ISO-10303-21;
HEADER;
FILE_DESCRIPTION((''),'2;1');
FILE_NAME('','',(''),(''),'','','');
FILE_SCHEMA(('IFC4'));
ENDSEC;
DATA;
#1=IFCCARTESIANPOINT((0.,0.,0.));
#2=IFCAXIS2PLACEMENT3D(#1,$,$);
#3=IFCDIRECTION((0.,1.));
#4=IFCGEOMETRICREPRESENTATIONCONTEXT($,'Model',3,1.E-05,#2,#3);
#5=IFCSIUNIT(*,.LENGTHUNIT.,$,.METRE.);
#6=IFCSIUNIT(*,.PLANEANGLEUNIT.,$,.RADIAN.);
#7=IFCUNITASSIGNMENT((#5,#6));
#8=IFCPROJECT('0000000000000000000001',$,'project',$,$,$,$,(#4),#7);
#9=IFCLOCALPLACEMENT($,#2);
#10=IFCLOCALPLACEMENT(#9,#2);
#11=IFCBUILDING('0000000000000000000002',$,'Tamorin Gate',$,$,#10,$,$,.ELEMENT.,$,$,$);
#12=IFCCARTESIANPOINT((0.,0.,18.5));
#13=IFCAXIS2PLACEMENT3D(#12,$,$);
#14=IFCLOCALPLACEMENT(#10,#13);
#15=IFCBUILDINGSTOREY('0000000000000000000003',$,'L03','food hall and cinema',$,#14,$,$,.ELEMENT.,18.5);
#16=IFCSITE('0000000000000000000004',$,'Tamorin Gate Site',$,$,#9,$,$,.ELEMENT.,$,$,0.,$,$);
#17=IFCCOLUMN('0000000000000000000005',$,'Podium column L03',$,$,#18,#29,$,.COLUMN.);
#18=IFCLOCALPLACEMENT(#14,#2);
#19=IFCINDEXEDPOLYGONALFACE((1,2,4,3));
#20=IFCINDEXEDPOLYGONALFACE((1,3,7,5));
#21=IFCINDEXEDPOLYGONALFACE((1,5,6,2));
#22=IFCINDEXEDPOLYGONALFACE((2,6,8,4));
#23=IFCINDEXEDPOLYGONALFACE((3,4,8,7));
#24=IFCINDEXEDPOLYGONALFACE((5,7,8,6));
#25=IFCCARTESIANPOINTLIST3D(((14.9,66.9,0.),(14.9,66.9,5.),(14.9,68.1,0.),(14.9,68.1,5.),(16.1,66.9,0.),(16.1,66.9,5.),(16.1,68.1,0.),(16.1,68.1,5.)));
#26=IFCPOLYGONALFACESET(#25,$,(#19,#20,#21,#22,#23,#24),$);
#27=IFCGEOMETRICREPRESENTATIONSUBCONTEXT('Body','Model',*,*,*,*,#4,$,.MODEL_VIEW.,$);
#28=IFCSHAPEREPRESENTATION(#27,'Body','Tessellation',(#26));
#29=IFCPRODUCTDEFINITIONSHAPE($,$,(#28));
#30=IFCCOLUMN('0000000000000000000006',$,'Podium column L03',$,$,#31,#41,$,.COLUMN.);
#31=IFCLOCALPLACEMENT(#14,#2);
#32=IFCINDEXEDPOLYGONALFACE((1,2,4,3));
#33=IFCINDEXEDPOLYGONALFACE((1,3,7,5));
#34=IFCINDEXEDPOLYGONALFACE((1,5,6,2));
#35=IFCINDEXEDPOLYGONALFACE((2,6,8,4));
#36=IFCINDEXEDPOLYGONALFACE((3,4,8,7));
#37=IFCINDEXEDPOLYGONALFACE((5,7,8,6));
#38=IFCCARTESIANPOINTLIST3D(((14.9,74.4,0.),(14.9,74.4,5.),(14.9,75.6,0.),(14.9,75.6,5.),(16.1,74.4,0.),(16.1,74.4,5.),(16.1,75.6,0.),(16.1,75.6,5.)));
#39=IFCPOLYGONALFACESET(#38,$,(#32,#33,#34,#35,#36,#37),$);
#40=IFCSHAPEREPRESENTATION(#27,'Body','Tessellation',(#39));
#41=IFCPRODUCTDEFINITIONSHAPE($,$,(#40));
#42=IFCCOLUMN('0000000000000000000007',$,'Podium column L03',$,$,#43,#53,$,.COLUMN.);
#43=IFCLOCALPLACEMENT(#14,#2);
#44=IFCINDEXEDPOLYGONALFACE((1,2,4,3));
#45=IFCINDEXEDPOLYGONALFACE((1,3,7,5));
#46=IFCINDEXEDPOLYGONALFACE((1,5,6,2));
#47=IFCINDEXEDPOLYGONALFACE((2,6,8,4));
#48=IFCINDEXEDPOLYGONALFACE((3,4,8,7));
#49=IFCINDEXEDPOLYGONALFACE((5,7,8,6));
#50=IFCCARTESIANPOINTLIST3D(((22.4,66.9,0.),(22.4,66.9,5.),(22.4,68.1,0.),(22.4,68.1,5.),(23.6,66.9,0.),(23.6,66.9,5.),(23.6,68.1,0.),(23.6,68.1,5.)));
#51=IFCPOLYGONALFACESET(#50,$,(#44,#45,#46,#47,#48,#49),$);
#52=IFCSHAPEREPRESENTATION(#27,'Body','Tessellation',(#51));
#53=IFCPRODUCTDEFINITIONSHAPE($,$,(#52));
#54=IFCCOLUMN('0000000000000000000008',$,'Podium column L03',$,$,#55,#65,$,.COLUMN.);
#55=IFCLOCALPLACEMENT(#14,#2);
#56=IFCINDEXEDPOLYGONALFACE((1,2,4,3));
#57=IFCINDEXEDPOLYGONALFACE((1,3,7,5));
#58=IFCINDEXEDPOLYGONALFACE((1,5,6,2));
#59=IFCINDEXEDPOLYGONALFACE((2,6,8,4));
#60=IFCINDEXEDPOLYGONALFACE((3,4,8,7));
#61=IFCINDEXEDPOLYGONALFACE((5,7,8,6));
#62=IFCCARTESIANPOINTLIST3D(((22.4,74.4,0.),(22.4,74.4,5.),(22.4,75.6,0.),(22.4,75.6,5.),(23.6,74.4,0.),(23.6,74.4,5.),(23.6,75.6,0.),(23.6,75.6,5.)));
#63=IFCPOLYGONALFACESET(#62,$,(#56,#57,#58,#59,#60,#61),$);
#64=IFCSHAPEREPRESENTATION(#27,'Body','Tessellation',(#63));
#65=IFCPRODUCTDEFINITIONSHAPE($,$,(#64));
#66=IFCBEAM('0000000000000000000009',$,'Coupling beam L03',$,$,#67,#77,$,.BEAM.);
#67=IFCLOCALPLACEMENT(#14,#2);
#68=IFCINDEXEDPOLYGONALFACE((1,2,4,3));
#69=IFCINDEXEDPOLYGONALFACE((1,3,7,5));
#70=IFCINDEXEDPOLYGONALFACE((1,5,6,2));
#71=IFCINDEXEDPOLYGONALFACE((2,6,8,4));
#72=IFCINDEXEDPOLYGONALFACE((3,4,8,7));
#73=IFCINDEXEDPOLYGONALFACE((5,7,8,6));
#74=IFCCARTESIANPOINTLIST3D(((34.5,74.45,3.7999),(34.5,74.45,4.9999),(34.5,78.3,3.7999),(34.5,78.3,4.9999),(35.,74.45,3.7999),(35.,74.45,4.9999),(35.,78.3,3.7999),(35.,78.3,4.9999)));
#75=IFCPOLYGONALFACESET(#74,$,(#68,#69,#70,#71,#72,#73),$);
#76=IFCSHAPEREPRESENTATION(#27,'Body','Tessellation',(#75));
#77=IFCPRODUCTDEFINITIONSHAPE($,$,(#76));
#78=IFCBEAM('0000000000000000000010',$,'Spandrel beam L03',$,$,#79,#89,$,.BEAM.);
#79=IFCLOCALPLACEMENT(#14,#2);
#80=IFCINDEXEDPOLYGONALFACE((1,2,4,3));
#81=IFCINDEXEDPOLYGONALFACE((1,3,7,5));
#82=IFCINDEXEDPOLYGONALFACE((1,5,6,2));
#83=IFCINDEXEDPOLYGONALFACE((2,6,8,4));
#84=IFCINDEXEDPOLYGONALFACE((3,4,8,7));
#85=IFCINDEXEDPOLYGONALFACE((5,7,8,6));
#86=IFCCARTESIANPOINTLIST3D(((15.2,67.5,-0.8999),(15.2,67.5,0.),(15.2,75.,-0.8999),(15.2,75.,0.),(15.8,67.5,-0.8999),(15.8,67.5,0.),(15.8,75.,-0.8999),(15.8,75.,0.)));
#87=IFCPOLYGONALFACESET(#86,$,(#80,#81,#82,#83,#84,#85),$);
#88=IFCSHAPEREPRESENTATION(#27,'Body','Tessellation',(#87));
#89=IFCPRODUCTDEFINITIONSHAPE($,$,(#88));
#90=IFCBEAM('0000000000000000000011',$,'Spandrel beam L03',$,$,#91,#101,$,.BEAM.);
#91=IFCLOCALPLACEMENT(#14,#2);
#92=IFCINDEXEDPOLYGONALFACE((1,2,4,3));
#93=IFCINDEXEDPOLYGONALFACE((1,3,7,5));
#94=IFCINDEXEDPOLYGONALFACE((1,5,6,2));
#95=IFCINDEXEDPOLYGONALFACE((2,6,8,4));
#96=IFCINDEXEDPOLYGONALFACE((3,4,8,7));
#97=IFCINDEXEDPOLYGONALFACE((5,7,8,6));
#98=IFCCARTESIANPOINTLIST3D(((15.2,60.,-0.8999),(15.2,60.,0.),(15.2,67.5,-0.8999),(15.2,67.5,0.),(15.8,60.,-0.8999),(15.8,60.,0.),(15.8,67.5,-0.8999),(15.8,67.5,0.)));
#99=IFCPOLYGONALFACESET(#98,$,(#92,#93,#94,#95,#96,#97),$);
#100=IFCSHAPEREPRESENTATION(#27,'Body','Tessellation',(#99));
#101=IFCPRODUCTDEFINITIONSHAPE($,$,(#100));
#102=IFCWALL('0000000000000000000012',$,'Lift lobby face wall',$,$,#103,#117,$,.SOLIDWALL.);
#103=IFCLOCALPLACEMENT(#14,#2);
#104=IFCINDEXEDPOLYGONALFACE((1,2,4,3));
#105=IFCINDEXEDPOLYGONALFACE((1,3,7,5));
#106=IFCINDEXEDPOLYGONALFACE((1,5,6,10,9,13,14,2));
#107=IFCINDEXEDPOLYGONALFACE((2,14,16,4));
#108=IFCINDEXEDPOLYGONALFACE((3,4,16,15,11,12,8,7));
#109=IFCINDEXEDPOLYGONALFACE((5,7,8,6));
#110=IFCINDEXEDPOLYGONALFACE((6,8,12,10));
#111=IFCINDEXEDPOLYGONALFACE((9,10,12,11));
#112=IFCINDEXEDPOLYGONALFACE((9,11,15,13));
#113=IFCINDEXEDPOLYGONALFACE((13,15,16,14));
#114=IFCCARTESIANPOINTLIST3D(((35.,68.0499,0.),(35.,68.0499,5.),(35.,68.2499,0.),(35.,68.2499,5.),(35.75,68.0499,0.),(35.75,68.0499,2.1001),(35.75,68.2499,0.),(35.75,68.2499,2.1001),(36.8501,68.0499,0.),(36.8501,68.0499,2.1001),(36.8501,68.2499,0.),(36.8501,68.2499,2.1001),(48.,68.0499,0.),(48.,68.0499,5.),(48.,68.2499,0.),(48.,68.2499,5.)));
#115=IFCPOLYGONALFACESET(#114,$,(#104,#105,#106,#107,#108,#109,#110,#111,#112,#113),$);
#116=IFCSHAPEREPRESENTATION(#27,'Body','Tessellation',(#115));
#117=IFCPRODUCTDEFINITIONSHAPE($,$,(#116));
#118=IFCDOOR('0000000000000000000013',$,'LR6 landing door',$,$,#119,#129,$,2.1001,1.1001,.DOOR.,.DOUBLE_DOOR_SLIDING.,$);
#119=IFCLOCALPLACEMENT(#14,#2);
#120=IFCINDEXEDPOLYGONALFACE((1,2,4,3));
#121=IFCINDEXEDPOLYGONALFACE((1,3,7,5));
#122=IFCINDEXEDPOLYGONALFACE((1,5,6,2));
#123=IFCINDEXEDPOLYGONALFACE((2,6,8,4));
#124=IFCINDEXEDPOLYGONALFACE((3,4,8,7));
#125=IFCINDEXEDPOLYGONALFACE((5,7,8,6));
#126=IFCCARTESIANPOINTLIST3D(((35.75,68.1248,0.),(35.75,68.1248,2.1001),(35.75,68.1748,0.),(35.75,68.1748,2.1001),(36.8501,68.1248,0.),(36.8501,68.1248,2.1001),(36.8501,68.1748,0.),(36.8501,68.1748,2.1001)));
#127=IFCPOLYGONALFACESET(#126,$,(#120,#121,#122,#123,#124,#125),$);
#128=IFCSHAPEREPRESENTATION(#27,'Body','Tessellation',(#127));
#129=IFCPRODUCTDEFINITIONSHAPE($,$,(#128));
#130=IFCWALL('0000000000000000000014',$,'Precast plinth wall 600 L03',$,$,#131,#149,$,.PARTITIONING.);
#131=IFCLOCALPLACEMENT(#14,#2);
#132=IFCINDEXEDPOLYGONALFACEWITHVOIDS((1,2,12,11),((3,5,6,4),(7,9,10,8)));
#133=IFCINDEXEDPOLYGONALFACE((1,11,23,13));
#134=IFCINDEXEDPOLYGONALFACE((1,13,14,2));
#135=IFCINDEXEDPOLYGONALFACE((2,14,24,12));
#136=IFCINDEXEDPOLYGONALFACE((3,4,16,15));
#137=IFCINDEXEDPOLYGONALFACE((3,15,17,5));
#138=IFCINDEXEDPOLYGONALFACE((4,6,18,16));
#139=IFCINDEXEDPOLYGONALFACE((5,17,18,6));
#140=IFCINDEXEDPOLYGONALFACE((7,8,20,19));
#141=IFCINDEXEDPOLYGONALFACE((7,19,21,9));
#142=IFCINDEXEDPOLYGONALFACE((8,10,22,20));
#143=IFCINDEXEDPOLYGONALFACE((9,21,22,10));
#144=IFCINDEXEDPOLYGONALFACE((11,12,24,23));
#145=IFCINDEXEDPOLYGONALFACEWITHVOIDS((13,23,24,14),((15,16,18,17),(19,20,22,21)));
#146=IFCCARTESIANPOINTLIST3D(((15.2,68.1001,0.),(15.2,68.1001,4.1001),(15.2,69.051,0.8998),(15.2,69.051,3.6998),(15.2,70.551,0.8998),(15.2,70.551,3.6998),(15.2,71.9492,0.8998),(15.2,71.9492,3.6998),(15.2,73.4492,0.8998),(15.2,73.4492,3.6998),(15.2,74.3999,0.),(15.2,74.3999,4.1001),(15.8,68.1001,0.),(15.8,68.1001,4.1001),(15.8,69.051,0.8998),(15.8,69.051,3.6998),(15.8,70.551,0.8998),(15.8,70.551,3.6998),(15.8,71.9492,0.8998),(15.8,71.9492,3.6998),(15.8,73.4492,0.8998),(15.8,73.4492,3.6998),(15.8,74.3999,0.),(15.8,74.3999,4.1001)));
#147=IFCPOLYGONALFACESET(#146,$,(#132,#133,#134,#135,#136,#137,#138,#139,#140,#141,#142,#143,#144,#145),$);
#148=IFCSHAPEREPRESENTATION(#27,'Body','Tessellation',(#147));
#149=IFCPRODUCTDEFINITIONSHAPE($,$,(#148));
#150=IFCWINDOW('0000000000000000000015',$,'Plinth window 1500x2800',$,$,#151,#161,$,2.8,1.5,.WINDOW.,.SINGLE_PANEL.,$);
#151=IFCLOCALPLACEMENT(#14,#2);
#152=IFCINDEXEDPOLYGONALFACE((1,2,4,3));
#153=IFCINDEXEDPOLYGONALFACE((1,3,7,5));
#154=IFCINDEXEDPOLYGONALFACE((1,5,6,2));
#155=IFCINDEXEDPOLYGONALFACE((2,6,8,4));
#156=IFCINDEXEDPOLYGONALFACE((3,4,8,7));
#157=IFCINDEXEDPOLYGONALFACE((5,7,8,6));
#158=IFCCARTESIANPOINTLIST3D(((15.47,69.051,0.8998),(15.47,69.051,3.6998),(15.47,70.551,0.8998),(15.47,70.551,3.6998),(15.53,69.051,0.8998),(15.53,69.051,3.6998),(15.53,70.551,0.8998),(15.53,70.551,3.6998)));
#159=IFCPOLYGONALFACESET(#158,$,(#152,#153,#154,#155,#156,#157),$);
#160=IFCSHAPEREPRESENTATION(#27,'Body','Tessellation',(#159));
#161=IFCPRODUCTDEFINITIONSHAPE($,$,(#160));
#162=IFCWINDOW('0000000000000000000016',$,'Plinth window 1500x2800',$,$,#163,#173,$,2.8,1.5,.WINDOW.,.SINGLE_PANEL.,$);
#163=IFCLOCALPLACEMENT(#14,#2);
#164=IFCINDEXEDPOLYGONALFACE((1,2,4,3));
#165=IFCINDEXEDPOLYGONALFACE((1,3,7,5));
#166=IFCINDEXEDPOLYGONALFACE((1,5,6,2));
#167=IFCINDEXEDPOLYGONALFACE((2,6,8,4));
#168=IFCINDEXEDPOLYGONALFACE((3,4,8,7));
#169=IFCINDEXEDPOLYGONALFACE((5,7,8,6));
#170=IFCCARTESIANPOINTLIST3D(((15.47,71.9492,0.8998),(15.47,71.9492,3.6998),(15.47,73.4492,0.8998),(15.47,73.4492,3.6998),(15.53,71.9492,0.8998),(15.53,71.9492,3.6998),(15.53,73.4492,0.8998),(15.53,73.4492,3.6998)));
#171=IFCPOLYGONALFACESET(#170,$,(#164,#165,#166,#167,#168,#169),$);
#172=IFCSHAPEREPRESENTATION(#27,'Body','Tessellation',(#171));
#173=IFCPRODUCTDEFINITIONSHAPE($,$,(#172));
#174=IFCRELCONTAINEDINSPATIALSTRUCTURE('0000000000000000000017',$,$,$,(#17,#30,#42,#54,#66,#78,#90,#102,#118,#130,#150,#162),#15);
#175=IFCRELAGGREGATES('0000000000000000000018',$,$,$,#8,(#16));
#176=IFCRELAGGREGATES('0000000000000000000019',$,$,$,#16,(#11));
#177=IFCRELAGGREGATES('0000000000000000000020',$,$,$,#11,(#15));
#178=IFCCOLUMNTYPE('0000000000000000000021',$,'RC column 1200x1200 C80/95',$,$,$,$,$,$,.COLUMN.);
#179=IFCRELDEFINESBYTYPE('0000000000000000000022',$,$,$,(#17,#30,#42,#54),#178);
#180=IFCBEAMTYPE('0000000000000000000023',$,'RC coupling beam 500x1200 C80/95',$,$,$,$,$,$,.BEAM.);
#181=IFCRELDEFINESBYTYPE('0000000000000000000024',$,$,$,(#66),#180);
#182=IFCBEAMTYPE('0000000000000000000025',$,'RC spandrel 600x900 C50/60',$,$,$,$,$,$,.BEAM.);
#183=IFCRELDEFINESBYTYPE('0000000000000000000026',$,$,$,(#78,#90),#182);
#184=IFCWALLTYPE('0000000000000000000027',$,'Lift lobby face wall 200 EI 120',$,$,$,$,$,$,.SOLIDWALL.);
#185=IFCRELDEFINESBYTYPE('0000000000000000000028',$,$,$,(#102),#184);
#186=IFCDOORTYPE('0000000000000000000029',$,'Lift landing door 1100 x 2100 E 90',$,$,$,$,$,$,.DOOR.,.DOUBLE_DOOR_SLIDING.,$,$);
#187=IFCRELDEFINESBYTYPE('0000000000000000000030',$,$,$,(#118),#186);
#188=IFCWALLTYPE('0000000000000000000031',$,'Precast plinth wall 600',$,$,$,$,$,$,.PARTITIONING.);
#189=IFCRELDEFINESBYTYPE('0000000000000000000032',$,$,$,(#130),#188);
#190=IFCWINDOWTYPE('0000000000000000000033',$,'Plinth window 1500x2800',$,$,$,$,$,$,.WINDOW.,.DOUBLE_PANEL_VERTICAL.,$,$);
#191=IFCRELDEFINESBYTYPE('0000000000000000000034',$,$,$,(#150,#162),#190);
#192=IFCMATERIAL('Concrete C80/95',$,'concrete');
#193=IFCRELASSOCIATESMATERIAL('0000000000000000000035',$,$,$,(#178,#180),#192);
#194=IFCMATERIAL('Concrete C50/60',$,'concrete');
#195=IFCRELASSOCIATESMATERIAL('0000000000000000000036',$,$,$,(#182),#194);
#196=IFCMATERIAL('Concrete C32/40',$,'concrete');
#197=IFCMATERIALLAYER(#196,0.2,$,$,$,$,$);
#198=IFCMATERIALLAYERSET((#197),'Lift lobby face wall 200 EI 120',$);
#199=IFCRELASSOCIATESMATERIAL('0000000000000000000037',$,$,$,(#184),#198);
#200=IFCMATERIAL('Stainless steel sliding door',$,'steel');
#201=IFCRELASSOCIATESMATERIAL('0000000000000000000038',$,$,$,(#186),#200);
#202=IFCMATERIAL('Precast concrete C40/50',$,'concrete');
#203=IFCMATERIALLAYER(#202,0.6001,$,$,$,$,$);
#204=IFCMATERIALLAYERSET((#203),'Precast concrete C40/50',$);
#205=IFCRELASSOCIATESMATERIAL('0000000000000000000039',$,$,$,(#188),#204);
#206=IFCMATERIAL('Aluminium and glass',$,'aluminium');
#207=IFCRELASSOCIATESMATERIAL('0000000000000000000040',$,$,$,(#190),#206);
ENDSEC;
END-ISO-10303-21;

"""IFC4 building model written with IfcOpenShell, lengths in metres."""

from ifc_helpers import new_model, si_unit, direction, frame, frame_2d, origin, origin_2d, place, context, subcontext, project, spatial, rectangle, extrude, material, layer, layer_set, material_profile, profile_set, type_object, element, fill, save


model = new_model("IFC4")

# Units and contexts
model_context = context("Model", 3, precision=1e-05, world=origin(), true_north=direction((0.0, 1.0)))
body_context = subcontext(model_context, "Body", "Model", "MODEL_VIEW")
ifc_project = project(units=[si_unit("LENGTHUNIT", "METRE"), si_unit("PLANEANGLEUNIT", "RADIAN")], contexts=[model_context])

# Site, building, storey
site_placement = place(None, origin())
site = spatial("IfcSite", under=ifc_project, at=site_placement, Name="Tamorin Gate Site", CompositionType="ELEMENT", RefElevation=0.0)
building_placement = place(site_placement, origin())
building = spatial("IfcBuilding", under=site, at=building_placement, Name="Tamorin Gate", CompositionType="ELEMENT")
storey_placement = place(building_placement, frame((0.0, 0.0, 18.5)))
storey = spatial("IfcBuildingStorey", under=building, at=storey_placement, Name="L03", Description="food hall and cinema", CompositionType="ELEMENT", Elevation=18.5)

# Columns
ifc_material_1 = material(Name="Concrete C80/95", Category="concrete")
ifc_material_profile_1 = material_profile(ifc_material_1, rectangle(XDim=1.2, YDim=1.2, at=origin_2d()), Name="RC 1200x1200")
ifc_profile_set_1 = profile_set([ifc_material_profile_1], Name="Concrete C80/95")
column_type = type_object("IfcColumnType", Name="RC column 1200x1200 C80/95", PredefinedType="COLUMN", material=ifc_profile_set_1)
for number, where, z_axis, x_axis, name in (
    (1, (15.5, 67.5, 0.0), (0.0, 0.0, 1.0), (1.0, 0.0, 0.0), "Podium column L03"),
    (2, (15.5, 75.0, 0.0), (0.0, 0.0, 1.0), (1.0, 0.0, 0.0), "Podium column L03"),
    (3, (23.0, 67.5, 0.0), (0.0, 0.0, 1.0), (1.0, 0.0, 0.0), "Podium column L03"),
    (4, (23.0, 75.0, 0.0), (0.0, 0.0, 1.0), (1.0, 0.0, 0.0), "Podium column L03"),
):
    element("IfcColumn", number, at=place(storey_placement, frame(where, z_axis=z_axis, x_axis=x_axis)), inside=storey, type_object=column_type, Name=name, PredefinedType="COLUMN", context=body_context, shape_type="SweptSolid", body=[
        extrude(rectangle(XDim=1.2, YDim=1.2, at=origin_2d()), origin(), (0.0, 0.0, 1.0), 5.0),
    ])

# Beams
ifc_material_profile_2 = material_profile(ifc_material_1, rectangle(XDim=0.5, YDim=1.2, at=origin_2d()), Name="RC 500x1200")
ifc_profile_set_2 = profile_set([ifc_material_profile_2], Name="Concrete C80/95")
beam_type_1 = type_object("IfcBeamType", Name="RC coupling beam 500x1200 C80/95", PredefinedType="BEAM", material=ifc_profile_set_2)
beam_placement = place(storey_placement, frame((34.75, 74.45, 4.3999), z_axis=(0.0, 1.0, 0.0), x_axis=(-1.0, 0.0, 0.0)))
element("IfcBeam", 5, at=beam_placement, inside=storey, type_object=beam_type_1, Name="Coupling beam L03", PredefinedType="BEAM", context=body_context, shape_type="SweptSolid", body=[
    extrude(rectangle(XDim=0.5, YDim=1.2, at=origin_2d()), origin(), (0.0, 0.0, 1.0), 3.8501),
])
ifc_material_2 = material(Name="Concrete C50/60", Category="concrete")
ifc_material_profile_3 = material_profile(ifc_material_2, rectangle(XDim=0.6001, YDim=0.8999, at=origin_2d()), Name="RC 600x900")
ifc_profile_set_3 = profile_set([ifc_material_profile_3], Name="Concrete C50/60")
beam_type_2 = type_object("IfcBeamType", Name="RC spandrel 600x900 C50/60", PredefinedType="BEAM", material=ifc_profile_set_3)
for number, where, z_axis, x_axis, name in (
    (6, (15.5, 75.0, -0.45), (0.0, -1.0, 0.0), (1.0, 0.0, 0.0), "Spandrel beam L03"),
    (7, (15.5, 67.5, -0.45), (0.0, -1.0, 0.0), (1.0, 0.0, 0.0), "Spandrel beam L03"),
):
    element("IfcBeam", number, at=place(storey_placement, frame(where, z_axis=z_axis, x_axis=x_axis)), inside=storey, type_object=beam_type_2, Name=name, PredefinedType="BEAM", context=body_context, shape_type="SweptSolid", body=[
        extrude(rectangle(XDim=0.6001, YDim=0.8999, at=origin_2d()), origin(), (0.0, 0.0, 1.0), 7.5),
    ])

# Wall, opening, door
ifc_material_3 = material(Name="Concrete C32/40", Category="concrete")
ifc_layer_1 = layer(ifc_material_3, 0.2)
ifc_layer_set_1 = layer_set([ifc_layer_1], Name="Lift lobby face wall 200 EI 120")
wall_type_1 = type_object("IfcWallType", Name="Lift lobby face wall 200 EI 120", PredefinedType="SOLIDWALL", material=ifc_layer_set_1)
wall_1_placement = place(storey_placement, frame((35.0, 68.1499, 0.0), z_axis=(0.0, 0.0, 1.0), x_axis=(1.0, 0.0, 0.0)))
wall_1 = element("IfcWall", 8, at=wall_1_placement, inside=storey, type_object=wall_type_1, Name="Lift lobby face wall", PredefinedType="SOLIDWALL", context=body_context, shape_type="SweptSolid", body=[
    extrude(rectangle(XDim=13.0, YDim=0.2, at=frame_2d((6.5, 0.0))), origin(), (0.0, 0.0, 1.0), 5.0),
])
opening_1_placement = place(wall_1_placement, frame((0.75, 0.0, 0.0)))
opening_1 = element("IfcOpeningElement", 9, at=opening_1_placement, cuts=wall_1, PredefinedType="OPENING", context=body_context, shape_type="SweptSolid", body=[
    extrude(rectangle(XDim=1.1001, YDim=2.1001, at=frame_2d((0.55, 1.05))), frame((0.0, 0.1099, 0.0), z_axis=(0.0, -1.0, 0.0), x_axis=(1.0, 0.0, 0.0)), (0.0, 0.0, 1.0), 0.22),
])
ifc_material_4 = material(Name="Stainless steel sliding door", Category="steel")
door_type_1 = type_object("IfcDoorType", Name="Lift landing door 1100 x 2100 E 90", OperationType="DOUBLE_DOOR_SLIDING", PredefinedType="DOOR", material=ifc_material_4)
door_1_placement = place(opening_1_placement, origin())
door_1 = element("IfcDoor", 10, at=door_1_placement, inside=storey, type_object=door_type_1, Name="LR6 landing door", OperationType="DOUBLE_DOOR_SLIDING", OverallHeight=2.1001, OverallWidth=1.1001, PredefinedType="DOOR", context=body_context, shape_type="SweptSolid", body=[
    extrude(rectangle(XDim=1.1001, YDim=2.1001, at=frame_2d((0.55, 1.05))), frame((0.0, 0.0249, 0.0), z_axis=(0.0, -1.0, 0.0), x_axis=(1.0, 0.0, 0.0)), (0.0, 0.0, 1.0), 0.05),
])
fill(opening_1, door_1)

# Wall, openings, windows
ifc_material_5 = material(Name="Precast concrete C40/50", Category="concrete")
ifc_layer_2 = layer(ifc_material_5, 0.6001)
ifc_layer_set_2 = layer_set([ifc_layer_2], Name="Precast concrete C40/50")
wall_type_2 = type_object("IfcWallType", Name="Precast plinth wall 600", PredefinedType="PARTITIONING", material=ifc_layer_set_2)
wall_2_placement = place(storey_placement, frame((15.5, 68.1001, 0.0), z_axis=(0.0, 0.0, 1.0), x_axis=(0.0, 1.0, 0.0)))
wall_2 = element("IfcWall", 11, at=wall_2_placement, inside=storey, type_object=wall_type_2, Name="Precast plinth wall 600 L03", PredefinedType="PARTITIONING", context=body_context, shape_type="SweptSolid", body=[
    extrude(rectangle(XDim=6.2998, YDim=0.6001, at=frame_2d((3.1499, 0.0))), origin(), (0.0, 0.0, 1.0), 4.1001),
])
opening_2_placement = place(wall_2_placement, frame((0.9509, 0.0, 0.8999)))
opening_2 = element("IfcOpeningElement", 12, at=opening_2_placement, cuts=wall_2, PredefinedType="OPENING", context=body_context, shape_type="SweptSolid", body=[
    extrude(rectangle(XDim=1.5, YDim=2.8, at=frame_2d((0.75, 1.3999))), frame((0.0, 0.3101, 0.0), z_axis=(0.0, -1.0, 0.0), x_axis=(1.0, 0.0, 0.0)), (0.0, 0.0, 1.0), 0.6201),
])
opening_3_placement = place(wall_2_placement, frame((3.8491, 0.0, 0.8999)))
opening_3 = element("IfcOpeningElement", 13, at=opening_3_placement, cuts=wall_2, PredefinedType="OPENING", context=body_context, shape_type="SweptSolid", body=[
    extrude(rectangle(XDim=1.5, YDim=2.8, at=frame_2d((0.75, 1.3999))), frame((0.0, 0.3101, 0.0), z_axis=(0.0, -1.0, 0.0), x_axis=(1.0, 0.0, 0.0)), (0.0, 0.0, 1.0), 0.6201),
])
ifc_material_6 = material(Name="Aluminium and glass", Category="aluminium")
window_type = type_object("IfcWindowType", Name="Plinth window 1500x2800", PartitioningType="DOUBLE_PANEL_VERTICAL", PredefinedType="WINDOW", material=ifc_material_6)
window_1_placement = place(opening_2_placement, origin())
window_1 = element("IfcWindow", 14, at=window_1_placement, inside=storey, type_object=window_type, Name="Plinth window 1500x2800", OverallHeight=2.8, OverallWidth=1.5, PartitioningType="SINGLE_PANEL", PredefinedType="WINDOW", context=body_context, shape_type="SweptSolid", body=[
    extrude(rectangle(XDim=1.5, YDim=2.8, at=frame_2d((0.75, 1.3999))), frame((0.0, 0.03, 0.0), z_axis=(0.0, -1.0, 0.0), x_axis=(1.0, 0.0, 0.0)), (0.0, 0.0, 1.0), 0.0601),
])
fill(opening_2, window_1)
window_2_placement = place(opening_3_placement, origin())
window_2 = element("IfcWindow", 15, at=window_2_placement, inside=storey, type_object=window_type, Name="Plinth window 1500x2800", OverallHeight=2.8, OverallWidth=1.5, PartitioningType="SINGLE_PANEL", PredefinedType="WINDOW", context=body_context, shape_type="SweptSolid", body=[
    extrude(rectangle(XDim=1.5, YDim=2.8, at=frame_2d((0.75, 1.3999))), frame((0.0, 0.03, 0.0), z_axis=(0.0, -1.0, 0.0), x_axis=(1.0, 0.0, 0.0)), (0.0, 0.0, 1.0), 0.0601),
])
fill(opening_3, window_2)

save(model, "model.ifc")
